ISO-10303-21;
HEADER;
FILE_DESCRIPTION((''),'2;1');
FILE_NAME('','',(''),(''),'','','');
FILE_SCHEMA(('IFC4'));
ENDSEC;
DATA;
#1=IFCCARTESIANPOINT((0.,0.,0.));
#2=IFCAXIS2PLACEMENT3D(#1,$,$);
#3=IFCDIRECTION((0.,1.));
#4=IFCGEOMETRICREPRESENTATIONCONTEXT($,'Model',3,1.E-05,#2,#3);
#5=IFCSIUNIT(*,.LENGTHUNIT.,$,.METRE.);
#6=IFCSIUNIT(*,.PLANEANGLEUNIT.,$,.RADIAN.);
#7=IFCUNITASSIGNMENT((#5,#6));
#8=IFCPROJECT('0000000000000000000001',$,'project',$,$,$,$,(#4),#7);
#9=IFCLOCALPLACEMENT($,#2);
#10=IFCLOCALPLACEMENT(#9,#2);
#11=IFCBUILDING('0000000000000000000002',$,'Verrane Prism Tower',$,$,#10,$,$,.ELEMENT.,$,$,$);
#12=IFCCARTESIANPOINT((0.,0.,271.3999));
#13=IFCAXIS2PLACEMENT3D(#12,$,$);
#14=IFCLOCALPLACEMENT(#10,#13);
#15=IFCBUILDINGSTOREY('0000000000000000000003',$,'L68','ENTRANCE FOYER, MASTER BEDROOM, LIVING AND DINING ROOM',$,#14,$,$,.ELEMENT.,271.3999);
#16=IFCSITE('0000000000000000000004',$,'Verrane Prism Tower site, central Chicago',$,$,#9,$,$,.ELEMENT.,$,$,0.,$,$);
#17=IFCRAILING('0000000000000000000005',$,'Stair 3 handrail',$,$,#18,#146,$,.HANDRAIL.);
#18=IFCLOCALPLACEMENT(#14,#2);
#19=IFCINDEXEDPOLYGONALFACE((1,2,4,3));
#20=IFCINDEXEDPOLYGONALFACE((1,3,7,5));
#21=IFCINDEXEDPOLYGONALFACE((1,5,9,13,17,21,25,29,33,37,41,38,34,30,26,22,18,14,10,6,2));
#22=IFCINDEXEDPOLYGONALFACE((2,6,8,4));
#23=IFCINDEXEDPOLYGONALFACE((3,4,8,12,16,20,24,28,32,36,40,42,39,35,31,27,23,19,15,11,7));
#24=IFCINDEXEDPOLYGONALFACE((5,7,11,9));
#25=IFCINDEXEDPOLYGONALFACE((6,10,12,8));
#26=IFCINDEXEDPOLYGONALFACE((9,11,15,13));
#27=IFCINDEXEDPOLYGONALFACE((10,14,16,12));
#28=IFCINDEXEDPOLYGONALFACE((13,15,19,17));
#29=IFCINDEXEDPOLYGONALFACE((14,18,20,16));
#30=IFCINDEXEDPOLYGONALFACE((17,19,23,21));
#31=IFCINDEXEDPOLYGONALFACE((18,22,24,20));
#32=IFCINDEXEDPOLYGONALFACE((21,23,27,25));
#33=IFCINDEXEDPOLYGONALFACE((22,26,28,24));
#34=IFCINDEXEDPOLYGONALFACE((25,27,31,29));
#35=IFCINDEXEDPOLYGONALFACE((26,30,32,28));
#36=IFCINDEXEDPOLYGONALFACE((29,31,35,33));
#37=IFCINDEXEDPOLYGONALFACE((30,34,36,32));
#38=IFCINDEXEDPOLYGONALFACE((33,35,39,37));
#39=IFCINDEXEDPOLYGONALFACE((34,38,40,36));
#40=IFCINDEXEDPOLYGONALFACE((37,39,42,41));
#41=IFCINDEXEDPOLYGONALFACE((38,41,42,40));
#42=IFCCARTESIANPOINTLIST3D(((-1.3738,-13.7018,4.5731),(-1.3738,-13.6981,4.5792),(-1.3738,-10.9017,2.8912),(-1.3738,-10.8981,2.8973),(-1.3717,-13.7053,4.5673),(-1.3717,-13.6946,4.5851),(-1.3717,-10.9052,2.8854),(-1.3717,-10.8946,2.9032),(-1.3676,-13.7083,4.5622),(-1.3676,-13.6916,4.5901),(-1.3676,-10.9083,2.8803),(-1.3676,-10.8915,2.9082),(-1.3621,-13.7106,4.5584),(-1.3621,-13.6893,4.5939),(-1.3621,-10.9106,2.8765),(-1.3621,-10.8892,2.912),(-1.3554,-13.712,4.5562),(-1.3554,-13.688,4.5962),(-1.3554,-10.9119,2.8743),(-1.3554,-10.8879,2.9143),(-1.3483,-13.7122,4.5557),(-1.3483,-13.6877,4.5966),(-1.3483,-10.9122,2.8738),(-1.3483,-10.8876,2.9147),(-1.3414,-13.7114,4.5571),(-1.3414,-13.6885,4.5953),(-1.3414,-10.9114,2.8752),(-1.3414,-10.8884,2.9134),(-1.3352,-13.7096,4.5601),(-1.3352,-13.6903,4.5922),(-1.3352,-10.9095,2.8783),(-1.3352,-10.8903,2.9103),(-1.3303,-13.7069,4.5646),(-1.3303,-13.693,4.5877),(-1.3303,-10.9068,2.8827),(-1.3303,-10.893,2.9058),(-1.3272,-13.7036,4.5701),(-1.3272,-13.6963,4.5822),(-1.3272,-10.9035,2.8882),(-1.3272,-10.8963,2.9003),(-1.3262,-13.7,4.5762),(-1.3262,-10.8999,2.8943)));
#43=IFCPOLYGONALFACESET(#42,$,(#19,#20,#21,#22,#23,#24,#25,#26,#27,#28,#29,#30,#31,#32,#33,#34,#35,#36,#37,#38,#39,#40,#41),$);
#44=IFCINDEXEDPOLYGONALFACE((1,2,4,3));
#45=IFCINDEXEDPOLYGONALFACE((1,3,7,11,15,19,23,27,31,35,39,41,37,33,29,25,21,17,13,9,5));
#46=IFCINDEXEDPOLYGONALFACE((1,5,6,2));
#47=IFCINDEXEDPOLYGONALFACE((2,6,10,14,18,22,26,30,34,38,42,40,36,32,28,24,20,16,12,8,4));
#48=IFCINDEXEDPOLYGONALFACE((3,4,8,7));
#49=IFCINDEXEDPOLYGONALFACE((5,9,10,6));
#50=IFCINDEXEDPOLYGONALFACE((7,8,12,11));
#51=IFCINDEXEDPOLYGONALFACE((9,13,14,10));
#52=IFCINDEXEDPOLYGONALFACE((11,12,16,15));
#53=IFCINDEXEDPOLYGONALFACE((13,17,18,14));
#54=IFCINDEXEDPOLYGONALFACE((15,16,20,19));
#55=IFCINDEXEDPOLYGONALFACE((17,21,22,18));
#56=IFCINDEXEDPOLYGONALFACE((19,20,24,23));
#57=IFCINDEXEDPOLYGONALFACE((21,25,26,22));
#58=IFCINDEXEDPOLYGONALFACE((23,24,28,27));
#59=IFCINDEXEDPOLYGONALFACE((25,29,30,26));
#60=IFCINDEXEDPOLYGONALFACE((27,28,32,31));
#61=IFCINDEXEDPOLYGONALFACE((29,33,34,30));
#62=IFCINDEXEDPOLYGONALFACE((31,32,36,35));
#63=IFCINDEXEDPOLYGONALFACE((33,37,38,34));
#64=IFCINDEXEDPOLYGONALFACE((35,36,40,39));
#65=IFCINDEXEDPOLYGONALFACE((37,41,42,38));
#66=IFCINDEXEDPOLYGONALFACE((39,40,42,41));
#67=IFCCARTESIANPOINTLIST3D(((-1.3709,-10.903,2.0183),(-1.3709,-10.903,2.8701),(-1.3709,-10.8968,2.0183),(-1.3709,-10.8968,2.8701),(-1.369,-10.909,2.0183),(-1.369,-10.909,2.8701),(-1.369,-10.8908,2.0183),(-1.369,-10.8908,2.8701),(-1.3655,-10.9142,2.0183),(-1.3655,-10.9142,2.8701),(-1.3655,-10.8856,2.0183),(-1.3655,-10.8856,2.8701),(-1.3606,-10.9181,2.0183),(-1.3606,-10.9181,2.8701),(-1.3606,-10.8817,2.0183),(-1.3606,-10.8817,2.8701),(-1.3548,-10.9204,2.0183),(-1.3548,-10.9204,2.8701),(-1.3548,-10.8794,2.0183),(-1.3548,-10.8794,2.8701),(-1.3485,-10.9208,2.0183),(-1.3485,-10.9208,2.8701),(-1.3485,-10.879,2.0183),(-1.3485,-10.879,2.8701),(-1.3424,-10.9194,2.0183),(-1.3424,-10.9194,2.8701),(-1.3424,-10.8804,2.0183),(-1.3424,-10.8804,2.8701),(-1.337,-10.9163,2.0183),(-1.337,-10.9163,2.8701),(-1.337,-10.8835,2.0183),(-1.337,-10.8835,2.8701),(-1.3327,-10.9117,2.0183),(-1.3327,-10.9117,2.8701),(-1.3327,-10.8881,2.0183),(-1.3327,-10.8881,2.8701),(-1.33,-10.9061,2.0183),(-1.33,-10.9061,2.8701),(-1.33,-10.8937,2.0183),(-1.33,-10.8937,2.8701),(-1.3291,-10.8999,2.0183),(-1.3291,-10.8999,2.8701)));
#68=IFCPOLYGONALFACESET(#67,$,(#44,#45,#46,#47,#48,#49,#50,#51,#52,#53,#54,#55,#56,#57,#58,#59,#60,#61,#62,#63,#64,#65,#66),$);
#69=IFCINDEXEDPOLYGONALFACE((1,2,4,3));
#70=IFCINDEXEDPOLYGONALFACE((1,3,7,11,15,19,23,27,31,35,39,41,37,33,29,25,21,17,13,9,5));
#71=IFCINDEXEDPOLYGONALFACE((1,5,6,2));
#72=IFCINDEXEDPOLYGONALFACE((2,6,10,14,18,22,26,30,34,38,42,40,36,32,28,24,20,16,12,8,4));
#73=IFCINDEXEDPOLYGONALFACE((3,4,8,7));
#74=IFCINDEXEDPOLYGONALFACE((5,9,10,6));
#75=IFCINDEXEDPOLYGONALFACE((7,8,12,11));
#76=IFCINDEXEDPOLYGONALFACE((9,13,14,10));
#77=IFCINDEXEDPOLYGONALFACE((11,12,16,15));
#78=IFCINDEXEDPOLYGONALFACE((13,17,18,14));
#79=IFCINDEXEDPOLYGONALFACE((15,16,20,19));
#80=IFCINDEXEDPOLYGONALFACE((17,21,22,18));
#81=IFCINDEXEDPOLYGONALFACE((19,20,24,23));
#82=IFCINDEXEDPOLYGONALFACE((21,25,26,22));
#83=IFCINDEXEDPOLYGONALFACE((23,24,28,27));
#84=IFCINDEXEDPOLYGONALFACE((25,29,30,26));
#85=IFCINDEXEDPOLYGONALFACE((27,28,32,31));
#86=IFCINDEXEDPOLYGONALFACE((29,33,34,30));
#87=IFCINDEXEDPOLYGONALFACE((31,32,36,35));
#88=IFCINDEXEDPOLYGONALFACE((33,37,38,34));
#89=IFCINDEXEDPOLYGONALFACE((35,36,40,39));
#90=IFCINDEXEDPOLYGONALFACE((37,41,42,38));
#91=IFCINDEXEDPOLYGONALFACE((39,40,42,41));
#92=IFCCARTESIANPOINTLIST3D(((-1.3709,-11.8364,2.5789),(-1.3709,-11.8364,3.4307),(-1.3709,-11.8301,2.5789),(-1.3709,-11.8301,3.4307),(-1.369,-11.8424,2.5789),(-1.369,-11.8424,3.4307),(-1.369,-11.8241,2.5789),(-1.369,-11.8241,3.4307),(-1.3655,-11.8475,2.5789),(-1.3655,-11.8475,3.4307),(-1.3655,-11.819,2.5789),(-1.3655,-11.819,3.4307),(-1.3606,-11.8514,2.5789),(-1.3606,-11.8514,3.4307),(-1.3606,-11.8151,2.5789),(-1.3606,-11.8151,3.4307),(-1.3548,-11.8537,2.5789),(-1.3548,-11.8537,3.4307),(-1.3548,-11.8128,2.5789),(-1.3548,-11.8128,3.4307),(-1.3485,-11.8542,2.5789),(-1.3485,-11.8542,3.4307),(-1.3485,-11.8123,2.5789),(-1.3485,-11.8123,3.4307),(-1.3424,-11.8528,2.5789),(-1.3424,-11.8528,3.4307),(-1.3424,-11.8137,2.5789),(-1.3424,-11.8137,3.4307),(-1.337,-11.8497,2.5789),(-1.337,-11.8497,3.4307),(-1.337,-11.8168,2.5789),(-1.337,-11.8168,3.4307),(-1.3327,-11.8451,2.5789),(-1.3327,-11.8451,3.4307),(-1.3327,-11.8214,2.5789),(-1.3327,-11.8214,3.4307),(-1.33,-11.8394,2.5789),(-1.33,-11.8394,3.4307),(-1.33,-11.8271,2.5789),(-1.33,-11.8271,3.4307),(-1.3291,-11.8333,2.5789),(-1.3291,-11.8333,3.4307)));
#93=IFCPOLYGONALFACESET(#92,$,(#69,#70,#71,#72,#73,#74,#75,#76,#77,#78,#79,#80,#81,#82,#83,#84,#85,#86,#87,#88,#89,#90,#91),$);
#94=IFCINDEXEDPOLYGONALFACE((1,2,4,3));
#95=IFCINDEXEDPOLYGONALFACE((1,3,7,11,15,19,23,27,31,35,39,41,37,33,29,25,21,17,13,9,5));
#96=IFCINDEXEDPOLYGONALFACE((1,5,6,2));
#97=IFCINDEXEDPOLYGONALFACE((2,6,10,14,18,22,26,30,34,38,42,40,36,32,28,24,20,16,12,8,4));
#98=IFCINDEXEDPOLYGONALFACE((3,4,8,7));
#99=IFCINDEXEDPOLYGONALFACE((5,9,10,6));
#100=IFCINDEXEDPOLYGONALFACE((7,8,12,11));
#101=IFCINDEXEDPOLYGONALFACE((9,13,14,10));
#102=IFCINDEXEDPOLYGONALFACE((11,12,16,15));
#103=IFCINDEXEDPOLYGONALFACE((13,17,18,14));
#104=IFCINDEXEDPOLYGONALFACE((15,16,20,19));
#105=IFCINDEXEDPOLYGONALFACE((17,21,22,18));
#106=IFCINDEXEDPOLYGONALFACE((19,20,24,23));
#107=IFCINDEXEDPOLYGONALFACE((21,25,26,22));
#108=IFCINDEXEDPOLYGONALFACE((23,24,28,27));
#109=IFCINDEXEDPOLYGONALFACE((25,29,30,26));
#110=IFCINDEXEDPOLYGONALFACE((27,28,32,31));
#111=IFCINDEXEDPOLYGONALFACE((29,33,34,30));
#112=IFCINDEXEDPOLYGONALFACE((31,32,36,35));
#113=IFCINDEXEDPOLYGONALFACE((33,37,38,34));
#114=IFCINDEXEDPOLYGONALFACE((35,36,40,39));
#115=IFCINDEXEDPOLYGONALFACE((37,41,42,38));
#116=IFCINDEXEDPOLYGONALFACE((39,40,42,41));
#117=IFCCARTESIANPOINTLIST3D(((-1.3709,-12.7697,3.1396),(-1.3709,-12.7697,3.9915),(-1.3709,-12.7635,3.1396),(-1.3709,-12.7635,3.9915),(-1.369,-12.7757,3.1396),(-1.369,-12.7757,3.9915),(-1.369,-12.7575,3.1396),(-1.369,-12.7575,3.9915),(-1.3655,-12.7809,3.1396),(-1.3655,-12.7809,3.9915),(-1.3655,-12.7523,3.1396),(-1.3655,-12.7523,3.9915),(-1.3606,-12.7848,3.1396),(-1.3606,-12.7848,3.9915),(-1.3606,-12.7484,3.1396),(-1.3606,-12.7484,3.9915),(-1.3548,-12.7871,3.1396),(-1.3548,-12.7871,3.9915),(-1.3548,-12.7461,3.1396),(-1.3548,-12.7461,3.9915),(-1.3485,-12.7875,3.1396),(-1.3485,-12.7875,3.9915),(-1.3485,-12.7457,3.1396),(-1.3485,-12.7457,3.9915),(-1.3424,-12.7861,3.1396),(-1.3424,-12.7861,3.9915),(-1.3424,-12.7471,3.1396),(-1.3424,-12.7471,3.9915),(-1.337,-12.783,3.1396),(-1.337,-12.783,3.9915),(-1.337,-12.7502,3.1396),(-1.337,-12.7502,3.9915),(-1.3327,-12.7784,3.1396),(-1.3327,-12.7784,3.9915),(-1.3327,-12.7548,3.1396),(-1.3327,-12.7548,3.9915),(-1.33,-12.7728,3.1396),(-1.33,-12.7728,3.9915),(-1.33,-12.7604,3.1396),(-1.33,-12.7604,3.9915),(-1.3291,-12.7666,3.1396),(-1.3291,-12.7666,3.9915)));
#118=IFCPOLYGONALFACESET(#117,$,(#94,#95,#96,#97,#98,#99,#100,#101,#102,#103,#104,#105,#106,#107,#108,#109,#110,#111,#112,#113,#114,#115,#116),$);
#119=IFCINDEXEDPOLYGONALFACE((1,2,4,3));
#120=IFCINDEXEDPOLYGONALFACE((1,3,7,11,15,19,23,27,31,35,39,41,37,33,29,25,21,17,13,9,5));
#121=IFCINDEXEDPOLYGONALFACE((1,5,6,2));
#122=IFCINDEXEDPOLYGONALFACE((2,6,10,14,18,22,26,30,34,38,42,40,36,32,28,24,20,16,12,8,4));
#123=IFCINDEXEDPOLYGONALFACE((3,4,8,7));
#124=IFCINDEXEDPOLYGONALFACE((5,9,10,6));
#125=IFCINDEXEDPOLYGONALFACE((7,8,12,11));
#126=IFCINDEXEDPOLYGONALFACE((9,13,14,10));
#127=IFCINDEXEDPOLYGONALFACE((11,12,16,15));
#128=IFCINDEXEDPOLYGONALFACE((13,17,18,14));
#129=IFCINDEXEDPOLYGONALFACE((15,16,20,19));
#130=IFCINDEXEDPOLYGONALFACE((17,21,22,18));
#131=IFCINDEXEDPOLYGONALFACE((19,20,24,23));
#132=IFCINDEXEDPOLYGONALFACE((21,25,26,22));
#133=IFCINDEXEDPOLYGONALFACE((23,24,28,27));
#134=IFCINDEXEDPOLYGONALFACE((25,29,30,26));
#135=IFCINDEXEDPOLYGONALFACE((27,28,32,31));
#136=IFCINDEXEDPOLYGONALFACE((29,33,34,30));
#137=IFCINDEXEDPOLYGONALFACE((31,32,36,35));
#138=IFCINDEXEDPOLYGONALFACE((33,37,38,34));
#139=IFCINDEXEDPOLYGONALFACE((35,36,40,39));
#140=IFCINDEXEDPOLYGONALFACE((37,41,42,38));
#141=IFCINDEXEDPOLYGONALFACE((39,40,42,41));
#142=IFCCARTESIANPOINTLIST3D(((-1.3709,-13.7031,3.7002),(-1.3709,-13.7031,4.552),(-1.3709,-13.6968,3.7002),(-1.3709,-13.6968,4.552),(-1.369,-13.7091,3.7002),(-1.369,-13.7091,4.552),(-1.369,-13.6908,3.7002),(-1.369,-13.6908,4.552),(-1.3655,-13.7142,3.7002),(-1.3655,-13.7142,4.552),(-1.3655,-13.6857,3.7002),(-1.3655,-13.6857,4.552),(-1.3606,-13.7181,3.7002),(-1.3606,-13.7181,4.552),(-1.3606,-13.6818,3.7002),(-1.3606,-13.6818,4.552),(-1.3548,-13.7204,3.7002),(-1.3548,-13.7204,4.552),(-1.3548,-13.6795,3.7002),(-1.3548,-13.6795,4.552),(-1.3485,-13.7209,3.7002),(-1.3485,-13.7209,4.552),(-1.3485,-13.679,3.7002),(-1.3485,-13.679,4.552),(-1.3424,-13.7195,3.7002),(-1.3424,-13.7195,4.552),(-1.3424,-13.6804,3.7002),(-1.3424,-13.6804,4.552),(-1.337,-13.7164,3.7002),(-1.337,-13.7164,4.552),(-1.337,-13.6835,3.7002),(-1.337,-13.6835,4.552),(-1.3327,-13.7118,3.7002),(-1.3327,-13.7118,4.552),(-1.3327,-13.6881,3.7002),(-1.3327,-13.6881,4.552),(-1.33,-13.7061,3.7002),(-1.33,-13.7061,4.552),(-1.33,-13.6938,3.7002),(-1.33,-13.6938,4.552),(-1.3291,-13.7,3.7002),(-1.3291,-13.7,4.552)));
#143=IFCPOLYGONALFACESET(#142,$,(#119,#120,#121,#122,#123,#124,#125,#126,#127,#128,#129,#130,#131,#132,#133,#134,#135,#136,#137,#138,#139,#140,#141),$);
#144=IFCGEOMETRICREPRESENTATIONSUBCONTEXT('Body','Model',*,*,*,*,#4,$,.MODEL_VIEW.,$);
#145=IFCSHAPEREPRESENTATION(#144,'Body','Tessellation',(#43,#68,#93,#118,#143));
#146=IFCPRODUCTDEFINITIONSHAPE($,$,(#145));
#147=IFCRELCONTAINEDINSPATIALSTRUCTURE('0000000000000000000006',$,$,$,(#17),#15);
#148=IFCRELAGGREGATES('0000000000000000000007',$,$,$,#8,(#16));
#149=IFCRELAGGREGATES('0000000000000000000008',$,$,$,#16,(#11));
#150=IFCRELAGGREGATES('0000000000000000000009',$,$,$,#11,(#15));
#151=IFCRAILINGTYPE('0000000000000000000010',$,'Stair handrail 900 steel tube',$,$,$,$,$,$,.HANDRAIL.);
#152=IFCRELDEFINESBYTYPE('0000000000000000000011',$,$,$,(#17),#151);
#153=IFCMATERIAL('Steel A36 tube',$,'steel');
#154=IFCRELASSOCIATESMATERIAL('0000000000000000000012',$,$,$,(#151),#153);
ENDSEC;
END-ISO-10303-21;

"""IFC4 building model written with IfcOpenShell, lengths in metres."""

from ifc_helpers import new_model, si_unit, direction, frame, origin, origin_2d, place, context, subcontext, project, spatial, circle, extrude, material, type_object, element, save


model = new_model("IFC4")

# Units and contexts
model_context = context("Model", 3, precision=1e-05, world=origin(), true_north=direction((0.0, 1.0)))
body_context = subcontext(model_context, "Body", "Model", "MODEL_VIEW")
ifc_project = project(units=[si_unit("LENGTHUNIT", "METRE"), si_unit("PLANEANGLEUNIT", "RADIAN")], contexts=[model_context])

# Site, building, storey
site_placement = place(None, origin())
site = spatial("IfcSite", under=ifc_project, at=site_placement, Name="Verrane Prism Tower site, central Chicago", CompositionType="ELEMENT", RefElevation=0.0)
building_placement = place(site_placement, origin())
building = spatial("IfcBuilding", under=site, at=building_placement, Name="Verrane Prism Tower", CompositionType="ELEMENT")
storey_placement = place(building_placement, frame((0.0, 0.0, 271.3999)))
storey = spatial("IfcBuildingStorey", under=building, at=storey_placement, Name="L68", Description="ENTRANCE FOYER, MASTER BEDROOM, LIVING AND DINING ROOM", CompositionType="ELEMENT", Elevation=271.3999)

# Railing
ifc_material_1 = material(Name="Steel A36 tube", Category="steel")
railing_type = type_object("IfcRailingType", Name="Stair handrail 900 steel tube", PredefinedType="HANDRAIL", material=ifc_material_1)
railing_placement = place(storey_placement, frame((-1.3501, -10.8999, 2.0183)))
element("IfcRailing", 1, at=railing_placement, inside=storey, type_object=railing_type, Name="Stair 3 handrail", PredefinedType="HANDRAIL", context=body_context, shape_type="SweptSolid", body=[
    extrude(circle(Radius=0.0239, at=origin_2d()), frame((0.0, 0.0, 0.876), z_axis=(0.0, -0.857242, 0.514913), x_axis=(1.0, 0.0, 0.0)), (0.0, 0.0, 1.0), 3.2664),
    extrude(circle(Radius=0.021, at=origin_2d()), origin(), (0.0, 0.0, 1.0), 0.8518),
    extrude(circle(Radius=0.021, at=origin_2d()), frame((0.0, -0.9333, 0.5605)), (0.0, 0.0, 1.0), 0.8518),
    extrude(circle(Radius=0.021, at=origin_2d()), frame((0.0, -1.8667, 1.1213)), (0.0, 0.0, 1.0), 0.8518),
    extrude(circle(Radius=0.021, at=origin_2d()), frame((0.0, -2.8, 1.6819)), (0.0, 0.0, 1.0), 0.8518),
])

save(model, "model.ifc")
